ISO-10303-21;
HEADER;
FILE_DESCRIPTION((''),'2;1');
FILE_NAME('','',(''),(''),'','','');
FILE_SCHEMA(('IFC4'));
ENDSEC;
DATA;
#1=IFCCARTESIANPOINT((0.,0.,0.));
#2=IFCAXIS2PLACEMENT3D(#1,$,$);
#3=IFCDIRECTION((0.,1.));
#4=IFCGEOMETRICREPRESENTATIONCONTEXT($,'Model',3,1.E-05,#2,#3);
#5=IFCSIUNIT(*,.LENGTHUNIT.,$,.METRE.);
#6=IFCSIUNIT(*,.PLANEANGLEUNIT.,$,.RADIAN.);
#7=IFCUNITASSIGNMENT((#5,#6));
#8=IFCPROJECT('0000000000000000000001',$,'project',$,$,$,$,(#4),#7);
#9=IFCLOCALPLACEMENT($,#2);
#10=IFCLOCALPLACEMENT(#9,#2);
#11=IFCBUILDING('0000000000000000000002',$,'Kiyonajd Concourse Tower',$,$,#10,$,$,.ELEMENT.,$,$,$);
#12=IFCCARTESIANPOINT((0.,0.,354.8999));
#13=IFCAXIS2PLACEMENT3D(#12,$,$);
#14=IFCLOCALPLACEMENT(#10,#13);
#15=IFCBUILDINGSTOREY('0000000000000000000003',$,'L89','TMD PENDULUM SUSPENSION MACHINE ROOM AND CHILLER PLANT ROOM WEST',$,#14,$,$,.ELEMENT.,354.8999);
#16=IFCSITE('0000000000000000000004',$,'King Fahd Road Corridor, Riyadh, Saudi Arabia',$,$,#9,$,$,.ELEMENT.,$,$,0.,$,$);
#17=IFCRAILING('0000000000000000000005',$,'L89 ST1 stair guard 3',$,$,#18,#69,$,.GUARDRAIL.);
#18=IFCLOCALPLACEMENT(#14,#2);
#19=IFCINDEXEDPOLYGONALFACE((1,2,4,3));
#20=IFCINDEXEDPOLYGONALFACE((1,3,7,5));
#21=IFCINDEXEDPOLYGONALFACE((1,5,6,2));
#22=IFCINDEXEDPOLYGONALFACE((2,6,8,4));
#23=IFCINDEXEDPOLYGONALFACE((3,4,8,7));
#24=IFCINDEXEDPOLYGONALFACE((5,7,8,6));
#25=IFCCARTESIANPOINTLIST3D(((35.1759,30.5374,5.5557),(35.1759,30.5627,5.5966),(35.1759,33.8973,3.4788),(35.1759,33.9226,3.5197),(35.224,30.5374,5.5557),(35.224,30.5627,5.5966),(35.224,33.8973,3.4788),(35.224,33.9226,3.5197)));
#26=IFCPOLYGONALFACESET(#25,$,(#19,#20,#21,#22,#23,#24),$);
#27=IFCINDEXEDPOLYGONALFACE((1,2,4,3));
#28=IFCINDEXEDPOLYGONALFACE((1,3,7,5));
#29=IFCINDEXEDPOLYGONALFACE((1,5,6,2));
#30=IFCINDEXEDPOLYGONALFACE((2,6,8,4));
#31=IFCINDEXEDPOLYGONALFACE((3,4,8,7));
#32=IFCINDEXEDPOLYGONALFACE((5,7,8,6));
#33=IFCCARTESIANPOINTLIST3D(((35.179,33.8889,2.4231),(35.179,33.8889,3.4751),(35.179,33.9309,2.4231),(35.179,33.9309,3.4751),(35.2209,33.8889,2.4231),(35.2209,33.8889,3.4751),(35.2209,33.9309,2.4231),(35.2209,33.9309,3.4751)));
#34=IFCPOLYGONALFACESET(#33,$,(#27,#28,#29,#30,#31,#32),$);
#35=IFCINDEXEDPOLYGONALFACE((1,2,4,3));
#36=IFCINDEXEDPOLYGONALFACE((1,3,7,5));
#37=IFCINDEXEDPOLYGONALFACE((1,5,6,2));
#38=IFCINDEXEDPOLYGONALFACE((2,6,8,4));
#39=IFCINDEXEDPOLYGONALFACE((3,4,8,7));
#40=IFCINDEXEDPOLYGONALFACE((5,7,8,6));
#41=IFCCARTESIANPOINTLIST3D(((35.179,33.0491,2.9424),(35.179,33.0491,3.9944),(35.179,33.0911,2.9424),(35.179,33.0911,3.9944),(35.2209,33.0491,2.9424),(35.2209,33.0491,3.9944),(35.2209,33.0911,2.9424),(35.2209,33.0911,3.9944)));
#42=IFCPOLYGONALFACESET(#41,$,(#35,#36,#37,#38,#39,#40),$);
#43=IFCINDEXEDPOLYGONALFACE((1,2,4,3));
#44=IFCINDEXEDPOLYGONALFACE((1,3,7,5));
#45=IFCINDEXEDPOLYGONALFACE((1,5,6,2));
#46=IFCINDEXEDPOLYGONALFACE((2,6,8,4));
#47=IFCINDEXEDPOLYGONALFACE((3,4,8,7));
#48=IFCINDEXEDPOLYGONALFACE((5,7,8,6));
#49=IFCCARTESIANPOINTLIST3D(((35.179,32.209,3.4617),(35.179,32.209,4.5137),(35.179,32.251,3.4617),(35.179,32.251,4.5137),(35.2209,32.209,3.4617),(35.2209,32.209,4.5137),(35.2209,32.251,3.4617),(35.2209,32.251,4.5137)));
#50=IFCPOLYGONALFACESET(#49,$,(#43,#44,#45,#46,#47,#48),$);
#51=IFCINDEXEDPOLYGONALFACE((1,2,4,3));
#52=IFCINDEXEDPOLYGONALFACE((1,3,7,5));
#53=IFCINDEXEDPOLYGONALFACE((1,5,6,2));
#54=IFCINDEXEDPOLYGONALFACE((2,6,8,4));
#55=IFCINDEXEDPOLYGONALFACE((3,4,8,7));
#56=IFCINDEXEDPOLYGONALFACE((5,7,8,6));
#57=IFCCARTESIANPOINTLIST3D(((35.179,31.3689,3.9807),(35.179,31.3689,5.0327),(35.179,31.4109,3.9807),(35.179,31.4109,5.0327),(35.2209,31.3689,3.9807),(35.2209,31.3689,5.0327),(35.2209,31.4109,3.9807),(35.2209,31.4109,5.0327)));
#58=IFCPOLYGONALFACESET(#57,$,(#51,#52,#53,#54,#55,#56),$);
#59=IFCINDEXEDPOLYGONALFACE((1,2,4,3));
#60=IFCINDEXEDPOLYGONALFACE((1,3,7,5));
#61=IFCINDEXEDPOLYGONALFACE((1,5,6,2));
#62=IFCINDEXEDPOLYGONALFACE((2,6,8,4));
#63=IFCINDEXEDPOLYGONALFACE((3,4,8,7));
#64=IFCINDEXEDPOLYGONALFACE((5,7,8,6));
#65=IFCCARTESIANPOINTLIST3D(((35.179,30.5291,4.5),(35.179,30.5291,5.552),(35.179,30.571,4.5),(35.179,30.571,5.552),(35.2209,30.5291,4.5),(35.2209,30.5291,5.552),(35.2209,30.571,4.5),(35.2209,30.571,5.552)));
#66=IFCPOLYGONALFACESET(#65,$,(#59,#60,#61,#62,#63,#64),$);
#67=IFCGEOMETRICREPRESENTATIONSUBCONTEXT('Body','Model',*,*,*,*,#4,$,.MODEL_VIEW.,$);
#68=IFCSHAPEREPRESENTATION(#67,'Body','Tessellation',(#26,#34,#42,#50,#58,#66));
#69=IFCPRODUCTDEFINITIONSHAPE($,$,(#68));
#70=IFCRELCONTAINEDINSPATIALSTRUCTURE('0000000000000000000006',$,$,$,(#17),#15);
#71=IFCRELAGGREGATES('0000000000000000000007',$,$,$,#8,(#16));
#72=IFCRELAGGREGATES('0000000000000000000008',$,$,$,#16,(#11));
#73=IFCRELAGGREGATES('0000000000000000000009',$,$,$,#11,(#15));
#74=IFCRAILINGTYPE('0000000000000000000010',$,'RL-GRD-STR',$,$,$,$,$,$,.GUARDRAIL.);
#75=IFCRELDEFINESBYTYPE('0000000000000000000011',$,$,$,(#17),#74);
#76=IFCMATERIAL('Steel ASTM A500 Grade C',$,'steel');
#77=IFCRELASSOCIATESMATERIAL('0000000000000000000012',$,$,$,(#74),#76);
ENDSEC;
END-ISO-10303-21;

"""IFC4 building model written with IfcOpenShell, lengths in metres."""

from ifc_helpers import new_model, si_unit, direction, frame, origin, origin_2d, place, context, subcontext, project, spatial, rectangle, extrude, material, type_object, element, save


model = new_model("IFC4")

# Units and contexts
model_context = context("Model", 3, precision=1e-05, world=origin(), true_north=direction((0.0, 1.0)))
body_context = subcontext(model_context, "Body", "Model", "MODEL_VIEW")
ifc_project = project(units=[si_unit("LENGTHUNIT", "METRE"), si_unit("PLANEANGLEUNIT", "RADIAN")], contexts=[model_context])

# Site, building, storey
site_placement = place(None, origin())
site = spatial("IfcSite", under=ifc_project, at=site_placement, Name="King Fahd Road Corridor, Riyadh, Saudi Arabia", CompositionType="ELEMENT", RefElevation=0.0)
building_placement = place(site_placement, origin())
building = spatial("IfcBuilding", under=site, at=building_placement, Name="Kiyonajd Concourse Tower", CompositionType="ELEMENT")
storey_placement = place(building_placement, frame((0.0, 0.0, 354.8999)))
storey = spatial("IfcBuildingStorey", under=building, at=storey_placement, Name="L89", Description="TMD PENDULUM SUSPENSION MACHINE ROOM AND CHILLER PLANT ROOM WEST", CompositionType="ELEMENT", Elevation=354.8999)

# Shared definitions
ifc_material_1 = material(Name="Steel ASTM A500 Grade C", Category="steel")

# Railing
railing_type = type_object("IfcRailingType", Name="RL-GRD-STR", PredefinedType="GUARDRAIL", material=ifc_material_1)
railing_1_placement = place(storey_placement, frame((35.2, 33.9099, 2.4231)))
element("IfcRailing", 1, at=railing_1_placement, inside=storey, type_object=railing_type, Name="L89 ST1 stair guard 3", PredefinedType="GUARDRAIL", context=body_context, shape_type="SweptSolid", body=[
    extrude(rectangle(XDim=0.0481, YDim=0.0481, at=origin_2d()), frame((0.0, 0.0, 1.0762), z_axis=(0.0, -0.850606, 0.525803), x_axis=(1.0, 0.0, 0.0)), (0.0, 0.0, 1.0), 3.95),
    extrude(rectangle(XDim=0.042, YDim=0.042, at=origin_2d()), origin(), (0.0, 0.0, 1.0), 1.052),
    extrude(rectangle(XDim=0.042, YDim=0.042, at=origin_2d()), frame((0.0, -0.8398, 0.5193)), (0.0, 0.0, 1.0), 1.052),
    extrude(rectangle(XDim=0.042, YDim=0.042, at=origin_2d()), frame((0.0, -1.6799, 1.0386)), (0.0, 0.0, 1.0), 1.052),
    extrude(rectangle(XDim=0.042, YDim=0.042, at=origin_2d()), frame((0.0, -2.52, 1.5576)), (0.0, 0.0, 1.0), 1.052),
    extrude(rectangle(XDim=0.042, YDim=0.042, at=origin_2d()), frame((0.0, -3.3599, 2.0769)), (0.0, 0.0, 1.0), 1.052),
])

save(model, "model.ifc")
